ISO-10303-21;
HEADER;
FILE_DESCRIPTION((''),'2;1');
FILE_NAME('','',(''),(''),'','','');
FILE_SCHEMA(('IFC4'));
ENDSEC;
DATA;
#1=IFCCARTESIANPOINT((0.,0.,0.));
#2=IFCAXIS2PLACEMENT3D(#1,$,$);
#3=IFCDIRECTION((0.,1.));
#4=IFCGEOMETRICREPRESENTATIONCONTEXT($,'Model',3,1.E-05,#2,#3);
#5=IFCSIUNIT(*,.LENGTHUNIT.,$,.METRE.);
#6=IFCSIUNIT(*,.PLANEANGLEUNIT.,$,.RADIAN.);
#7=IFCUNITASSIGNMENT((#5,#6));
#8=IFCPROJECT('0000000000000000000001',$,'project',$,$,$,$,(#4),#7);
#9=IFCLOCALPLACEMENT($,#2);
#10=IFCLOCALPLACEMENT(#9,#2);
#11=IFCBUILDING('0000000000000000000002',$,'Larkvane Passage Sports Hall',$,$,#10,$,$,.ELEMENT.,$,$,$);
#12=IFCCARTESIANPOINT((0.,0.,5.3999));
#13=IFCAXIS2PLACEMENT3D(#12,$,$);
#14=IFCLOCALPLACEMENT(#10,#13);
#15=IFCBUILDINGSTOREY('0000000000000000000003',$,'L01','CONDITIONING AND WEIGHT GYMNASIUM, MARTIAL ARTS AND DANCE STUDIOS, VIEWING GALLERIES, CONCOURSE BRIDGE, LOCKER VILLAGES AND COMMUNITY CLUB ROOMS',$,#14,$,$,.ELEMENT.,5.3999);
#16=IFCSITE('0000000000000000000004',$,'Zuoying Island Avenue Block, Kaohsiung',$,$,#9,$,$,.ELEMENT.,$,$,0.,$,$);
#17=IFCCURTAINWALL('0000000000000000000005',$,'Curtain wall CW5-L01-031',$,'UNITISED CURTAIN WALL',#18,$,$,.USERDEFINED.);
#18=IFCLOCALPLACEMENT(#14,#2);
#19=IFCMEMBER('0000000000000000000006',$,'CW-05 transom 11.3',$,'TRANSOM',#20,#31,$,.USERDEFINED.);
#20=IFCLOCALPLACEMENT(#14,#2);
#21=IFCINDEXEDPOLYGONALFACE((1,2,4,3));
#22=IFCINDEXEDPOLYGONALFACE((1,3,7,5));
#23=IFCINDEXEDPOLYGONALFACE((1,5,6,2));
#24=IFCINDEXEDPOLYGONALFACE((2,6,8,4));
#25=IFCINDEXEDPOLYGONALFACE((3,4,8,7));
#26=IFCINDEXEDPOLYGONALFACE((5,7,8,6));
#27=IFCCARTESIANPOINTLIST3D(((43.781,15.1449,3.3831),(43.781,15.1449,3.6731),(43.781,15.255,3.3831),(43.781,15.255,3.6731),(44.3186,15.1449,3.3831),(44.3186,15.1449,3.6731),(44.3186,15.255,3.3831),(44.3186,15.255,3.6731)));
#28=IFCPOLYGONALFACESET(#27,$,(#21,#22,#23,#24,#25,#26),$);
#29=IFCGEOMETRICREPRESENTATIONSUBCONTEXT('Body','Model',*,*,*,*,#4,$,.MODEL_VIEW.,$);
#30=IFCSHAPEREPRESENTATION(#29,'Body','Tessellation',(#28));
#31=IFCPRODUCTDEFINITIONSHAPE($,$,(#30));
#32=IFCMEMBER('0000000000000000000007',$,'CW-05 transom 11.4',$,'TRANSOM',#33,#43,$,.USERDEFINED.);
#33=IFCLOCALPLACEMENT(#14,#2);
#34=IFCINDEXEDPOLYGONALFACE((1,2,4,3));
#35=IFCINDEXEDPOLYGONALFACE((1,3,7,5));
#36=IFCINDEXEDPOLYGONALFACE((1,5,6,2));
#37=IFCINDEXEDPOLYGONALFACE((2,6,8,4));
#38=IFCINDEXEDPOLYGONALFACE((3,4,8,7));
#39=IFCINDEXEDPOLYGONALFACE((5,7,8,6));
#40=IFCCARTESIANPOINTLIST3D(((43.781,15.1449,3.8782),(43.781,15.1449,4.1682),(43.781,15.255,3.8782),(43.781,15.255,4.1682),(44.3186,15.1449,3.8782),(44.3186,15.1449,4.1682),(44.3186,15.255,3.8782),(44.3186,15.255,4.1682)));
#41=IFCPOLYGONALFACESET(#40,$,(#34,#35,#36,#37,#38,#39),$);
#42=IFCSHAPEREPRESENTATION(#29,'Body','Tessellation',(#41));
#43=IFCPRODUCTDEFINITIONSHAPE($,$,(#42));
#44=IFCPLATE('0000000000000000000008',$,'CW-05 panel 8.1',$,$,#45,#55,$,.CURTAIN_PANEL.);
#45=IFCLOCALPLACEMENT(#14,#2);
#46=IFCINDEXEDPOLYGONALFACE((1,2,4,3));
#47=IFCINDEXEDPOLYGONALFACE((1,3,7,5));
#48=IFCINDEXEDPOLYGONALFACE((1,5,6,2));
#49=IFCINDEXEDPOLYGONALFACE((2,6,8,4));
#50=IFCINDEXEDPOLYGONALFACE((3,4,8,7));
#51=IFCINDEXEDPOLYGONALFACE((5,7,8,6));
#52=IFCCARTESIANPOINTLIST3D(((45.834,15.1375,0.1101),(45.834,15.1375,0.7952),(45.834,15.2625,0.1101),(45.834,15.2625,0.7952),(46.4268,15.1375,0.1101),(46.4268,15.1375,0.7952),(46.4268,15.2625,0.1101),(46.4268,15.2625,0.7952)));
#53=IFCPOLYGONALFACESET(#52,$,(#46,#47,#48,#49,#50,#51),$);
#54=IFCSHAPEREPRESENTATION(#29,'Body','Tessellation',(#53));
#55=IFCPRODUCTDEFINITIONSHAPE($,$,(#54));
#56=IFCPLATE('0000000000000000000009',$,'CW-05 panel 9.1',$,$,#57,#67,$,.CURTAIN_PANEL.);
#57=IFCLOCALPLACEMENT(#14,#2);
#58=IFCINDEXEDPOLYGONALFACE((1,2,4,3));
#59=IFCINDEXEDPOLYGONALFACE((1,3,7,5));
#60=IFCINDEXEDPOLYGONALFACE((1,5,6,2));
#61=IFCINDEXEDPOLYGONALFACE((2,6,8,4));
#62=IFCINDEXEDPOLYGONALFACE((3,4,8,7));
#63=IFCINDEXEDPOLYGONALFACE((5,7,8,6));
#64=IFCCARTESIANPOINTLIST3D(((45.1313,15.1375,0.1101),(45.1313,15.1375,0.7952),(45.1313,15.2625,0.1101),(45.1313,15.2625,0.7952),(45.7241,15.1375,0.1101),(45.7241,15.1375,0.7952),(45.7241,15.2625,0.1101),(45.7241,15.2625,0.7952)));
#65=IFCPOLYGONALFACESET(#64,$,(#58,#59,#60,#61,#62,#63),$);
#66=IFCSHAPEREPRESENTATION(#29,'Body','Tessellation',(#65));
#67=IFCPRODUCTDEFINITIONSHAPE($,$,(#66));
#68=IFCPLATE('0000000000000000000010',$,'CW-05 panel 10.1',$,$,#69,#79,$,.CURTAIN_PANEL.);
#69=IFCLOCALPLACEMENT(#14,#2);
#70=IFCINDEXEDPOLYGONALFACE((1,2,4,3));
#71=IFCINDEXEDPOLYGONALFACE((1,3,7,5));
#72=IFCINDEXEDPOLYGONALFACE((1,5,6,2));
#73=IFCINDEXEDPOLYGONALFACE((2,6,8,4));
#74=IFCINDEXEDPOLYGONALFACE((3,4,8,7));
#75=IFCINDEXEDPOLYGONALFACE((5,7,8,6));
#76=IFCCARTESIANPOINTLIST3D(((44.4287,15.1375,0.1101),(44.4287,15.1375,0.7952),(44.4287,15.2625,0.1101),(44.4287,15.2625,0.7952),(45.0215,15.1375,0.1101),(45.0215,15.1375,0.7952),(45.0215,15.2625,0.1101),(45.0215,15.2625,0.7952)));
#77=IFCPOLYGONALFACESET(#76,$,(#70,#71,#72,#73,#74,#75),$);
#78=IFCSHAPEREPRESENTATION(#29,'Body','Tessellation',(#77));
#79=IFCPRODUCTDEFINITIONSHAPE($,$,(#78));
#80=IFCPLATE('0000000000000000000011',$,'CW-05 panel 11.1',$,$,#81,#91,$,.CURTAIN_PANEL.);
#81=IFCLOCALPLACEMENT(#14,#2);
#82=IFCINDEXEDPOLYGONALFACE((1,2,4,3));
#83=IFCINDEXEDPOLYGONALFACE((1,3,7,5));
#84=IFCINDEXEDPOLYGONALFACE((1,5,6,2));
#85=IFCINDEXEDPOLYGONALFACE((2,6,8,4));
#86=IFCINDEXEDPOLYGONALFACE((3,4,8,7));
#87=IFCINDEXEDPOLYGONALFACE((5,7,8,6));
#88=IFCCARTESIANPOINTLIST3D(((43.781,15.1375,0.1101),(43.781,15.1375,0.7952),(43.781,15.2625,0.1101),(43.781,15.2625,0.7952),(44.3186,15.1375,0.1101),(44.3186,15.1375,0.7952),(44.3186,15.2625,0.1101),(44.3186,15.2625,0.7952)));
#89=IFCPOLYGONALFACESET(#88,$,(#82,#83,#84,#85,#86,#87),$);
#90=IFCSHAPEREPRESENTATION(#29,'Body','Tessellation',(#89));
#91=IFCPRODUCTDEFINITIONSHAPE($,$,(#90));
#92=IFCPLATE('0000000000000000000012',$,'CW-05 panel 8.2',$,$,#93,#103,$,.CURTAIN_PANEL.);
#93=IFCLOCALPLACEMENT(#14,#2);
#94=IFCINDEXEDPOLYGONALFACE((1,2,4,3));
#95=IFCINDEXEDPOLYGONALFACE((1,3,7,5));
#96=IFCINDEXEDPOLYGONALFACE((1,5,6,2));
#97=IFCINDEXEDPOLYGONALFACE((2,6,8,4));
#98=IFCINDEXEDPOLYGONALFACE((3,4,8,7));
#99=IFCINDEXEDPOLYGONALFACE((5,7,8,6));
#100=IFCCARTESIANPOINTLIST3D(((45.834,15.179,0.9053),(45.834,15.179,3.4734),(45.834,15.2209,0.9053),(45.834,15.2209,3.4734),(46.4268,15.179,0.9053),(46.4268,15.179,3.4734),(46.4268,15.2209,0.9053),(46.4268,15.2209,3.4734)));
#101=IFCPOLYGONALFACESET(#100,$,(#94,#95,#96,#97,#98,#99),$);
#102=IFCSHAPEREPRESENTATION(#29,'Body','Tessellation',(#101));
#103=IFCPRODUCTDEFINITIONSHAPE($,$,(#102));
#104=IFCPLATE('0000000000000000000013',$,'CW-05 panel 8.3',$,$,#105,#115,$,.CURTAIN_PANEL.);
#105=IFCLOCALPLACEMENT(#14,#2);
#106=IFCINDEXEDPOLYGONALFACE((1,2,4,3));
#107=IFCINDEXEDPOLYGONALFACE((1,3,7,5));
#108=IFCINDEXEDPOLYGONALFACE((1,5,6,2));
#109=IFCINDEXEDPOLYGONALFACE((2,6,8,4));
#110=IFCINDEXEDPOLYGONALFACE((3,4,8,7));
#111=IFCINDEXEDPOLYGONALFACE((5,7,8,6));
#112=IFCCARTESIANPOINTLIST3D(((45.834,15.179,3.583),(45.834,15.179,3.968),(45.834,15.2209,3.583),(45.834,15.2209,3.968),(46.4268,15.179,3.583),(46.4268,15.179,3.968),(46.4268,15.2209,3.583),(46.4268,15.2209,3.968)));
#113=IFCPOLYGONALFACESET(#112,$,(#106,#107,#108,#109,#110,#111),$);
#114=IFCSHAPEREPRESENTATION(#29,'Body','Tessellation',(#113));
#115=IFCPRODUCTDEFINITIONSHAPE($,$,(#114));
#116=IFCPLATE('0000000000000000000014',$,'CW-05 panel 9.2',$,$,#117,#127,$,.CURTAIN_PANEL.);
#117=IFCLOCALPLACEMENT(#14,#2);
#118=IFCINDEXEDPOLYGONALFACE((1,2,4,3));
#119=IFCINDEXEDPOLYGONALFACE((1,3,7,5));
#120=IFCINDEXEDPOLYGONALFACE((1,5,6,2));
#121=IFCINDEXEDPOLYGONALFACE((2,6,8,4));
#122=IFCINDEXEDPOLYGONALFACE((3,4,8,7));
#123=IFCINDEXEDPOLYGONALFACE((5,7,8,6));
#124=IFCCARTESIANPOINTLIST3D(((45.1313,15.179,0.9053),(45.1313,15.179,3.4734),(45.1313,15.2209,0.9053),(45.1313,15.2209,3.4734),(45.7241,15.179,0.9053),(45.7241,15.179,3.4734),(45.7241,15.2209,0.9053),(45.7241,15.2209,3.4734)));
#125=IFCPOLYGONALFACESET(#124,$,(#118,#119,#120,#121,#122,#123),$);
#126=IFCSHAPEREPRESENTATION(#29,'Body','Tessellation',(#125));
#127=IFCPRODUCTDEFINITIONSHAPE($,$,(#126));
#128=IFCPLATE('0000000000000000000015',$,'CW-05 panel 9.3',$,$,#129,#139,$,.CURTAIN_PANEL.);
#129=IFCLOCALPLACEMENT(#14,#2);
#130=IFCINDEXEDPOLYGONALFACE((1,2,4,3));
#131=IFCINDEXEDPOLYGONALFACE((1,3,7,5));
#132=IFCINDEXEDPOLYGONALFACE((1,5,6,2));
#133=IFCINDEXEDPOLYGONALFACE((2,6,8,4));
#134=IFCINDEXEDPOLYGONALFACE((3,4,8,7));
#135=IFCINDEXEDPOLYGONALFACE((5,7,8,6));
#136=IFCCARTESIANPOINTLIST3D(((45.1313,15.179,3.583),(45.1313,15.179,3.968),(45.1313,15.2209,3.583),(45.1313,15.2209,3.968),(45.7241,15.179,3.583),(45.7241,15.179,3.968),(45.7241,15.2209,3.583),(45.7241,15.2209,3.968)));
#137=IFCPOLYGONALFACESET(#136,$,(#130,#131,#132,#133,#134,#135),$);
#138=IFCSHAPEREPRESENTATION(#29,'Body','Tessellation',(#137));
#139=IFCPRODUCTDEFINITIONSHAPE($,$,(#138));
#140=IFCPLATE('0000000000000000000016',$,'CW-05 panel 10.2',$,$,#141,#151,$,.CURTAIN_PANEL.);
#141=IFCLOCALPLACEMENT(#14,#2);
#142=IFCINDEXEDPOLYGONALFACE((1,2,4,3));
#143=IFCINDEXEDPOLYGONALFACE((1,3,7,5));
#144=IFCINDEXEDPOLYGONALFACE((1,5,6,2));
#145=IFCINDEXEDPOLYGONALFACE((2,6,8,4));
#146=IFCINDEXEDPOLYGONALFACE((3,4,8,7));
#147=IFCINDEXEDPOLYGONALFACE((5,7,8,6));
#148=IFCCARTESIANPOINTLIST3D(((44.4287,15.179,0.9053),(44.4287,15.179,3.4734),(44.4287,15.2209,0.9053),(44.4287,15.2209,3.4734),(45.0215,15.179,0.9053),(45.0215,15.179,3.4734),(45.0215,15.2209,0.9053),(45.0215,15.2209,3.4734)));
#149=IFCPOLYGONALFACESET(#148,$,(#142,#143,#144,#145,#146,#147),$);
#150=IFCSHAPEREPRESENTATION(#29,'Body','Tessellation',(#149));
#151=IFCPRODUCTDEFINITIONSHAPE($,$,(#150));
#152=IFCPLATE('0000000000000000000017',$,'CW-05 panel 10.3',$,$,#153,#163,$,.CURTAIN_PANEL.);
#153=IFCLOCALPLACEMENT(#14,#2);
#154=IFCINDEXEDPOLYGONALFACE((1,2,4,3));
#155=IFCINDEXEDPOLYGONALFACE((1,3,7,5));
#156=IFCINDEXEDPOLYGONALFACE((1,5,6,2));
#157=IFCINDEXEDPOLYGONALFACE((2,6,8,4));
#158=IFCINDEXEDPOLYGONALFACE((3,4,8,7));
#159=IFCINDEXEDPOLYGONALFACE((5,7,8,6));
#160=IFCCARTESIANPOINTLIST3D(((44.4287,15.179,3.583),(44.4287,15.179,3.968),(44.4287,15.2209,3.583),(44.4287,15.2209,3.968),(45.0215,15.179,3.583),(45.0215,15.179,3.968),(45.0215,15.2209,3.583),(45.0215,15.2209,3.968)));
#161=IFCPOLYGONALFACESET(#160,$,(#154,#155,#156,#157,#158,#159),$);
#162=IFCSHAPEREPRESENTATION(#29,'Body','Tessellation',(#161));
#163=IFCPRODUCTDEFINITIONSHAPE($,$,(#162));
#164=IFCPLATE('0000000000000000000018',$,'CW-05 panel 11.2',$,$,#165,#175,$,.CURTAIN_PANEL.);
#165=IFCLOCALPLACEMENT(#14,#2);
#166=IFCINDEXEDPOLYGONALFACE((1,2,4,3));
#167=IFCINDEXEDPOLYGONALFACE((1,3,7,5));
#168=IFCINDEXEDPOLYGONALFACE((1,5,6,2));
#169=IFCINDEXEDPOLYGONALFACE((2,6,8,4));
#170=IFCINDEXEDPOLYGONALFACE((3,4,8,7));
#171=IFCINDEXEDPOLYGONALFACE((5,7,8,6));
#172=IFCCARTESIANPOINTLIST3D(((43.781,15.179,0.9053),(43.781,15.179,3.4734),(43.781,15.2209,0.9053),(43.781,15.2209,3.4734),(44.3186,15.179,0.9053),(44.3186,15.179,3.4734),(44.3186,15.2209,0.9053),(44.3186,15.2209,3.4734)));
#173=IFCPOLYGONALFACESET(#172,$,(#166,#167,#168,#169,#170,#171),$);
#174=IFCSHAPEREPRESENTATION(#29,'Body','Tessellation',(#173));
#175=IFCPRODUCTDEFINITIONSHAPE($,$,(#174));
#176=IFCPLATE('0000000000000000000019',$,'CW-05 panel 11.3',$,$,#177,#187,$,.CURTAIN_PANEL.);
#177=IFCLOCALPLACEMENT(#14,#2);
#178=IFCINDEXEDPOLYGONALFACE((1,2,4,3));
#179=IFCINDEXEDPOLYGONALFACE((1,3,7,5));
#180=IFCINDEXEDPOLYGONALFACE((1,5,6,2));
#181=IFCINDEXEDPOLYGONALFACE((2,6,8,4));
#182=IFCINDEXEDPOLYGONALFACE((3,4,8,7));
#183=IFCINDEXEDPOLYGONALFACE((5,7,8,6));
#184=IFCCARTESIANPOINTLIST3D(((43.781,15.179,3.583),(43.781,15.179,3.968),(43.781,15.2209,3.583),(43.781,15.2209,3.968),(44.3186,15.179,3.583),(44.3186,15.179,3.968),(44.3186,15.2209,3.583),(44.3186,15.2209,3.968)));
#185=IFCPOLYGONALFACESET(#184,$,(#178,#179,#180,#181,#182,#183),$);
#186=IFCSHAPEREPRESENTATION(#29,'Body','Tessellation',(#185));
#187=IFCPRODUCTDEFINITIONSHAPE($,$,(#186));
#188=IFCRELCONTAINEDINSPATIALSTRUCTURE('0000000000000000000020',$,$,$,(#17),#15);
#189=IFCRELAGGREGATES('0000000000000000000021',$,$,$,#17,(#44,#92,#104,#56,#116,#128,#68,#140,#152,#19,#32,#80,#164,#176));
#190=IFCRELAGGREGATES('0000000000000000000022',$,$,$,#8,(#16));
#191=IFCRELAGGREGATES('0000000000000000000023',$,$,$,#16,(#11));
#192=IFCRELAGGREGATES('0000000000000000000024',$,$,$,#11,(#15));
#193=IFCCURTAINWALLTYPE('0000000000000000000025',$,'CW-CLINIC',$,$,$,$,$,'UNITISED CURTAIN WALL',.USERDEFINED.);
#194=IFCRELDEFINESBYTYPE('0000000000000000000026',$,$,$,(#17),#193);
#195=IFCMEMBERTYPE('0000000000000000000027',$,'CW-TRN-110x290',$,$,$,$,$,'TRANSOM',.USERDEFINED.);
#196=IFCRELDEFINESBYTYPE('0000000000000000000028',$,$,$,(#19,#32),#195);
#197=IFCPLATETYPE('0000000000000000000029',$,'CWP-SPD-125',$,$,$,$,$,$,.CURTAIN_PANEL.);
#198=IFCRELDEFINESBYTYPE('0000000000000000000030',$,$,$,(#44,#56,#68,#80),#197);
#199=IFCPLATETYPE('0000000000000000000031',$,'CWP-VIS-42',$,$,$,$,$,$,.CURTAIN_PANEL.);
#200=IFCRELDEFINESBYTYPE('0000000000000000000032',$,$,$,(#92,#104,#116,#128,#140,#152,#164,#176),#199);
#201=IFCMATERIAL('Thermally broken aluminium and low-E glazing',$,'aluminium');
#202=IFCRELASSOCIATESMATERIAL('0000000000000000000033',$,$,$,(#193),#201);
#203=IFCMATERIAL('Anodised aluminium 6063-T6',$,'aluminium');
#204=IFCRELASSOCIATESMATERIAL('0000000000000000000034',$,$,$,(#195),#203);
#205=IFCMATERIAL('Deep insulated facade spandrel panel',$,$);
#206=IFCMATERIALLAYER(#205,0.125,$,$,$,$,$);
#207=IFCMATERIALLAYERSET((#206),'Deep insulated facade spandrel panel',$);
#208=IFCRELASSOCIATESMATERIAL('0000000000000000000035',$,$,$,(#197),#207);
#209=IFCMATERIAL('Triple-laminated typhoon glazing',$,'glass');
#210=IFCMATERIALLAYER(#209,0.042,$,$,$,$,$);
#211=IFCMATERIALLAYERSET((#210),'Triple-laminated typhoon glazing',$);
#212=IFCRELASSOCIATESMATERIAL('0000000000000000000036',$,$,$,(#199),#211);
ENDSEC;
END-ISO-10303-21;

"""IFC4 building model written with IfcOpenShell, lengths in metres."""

from ifc_helpers import new_model, si_unit, direction, frame, origin, origin_2d, place, context, subcontext, project, spatial, rectangle, extrude, material, layer, layer_set, material_profile, profile_set, type_object, element, aggregate, save


model = new_model("IFC4")

# Units and contexts
model_context = context("Model", 3, precision=1e-05, world=origin(), true_north=direction((0.0, 1.0)))
body_context = subcontext(model_context, "Body", "Model", "MODEL_VIEW")
ifc_project = project(units=[si_unit("LENGTHUNIT", "METRE"), si_unit("PLANEANGLEUNIT", "RADIAN")], contexts=[model_context])

# Site, building, storey
site_placement = place(None, origin())
site = spatial("IfcSite", under=ifc_project, at=site_placement, Name="Zuoying Island Avenue Block, Kaohsiung", CompositionType="ELEMENT", RefElevation=0.0)
building_placement = place(site_placement, origin())
building = spatial("IfcBuilding", under=site, at=building_placement, Name="Larkvane Passage Sports Hall", CompositionType="ELEMENT")
storey_placement = place(building_placement, frame((0.0, 0.0, 5.3999)))
storey = spatial("IfcBuildingStorey", under=building, at=storey_placement, Name="L01", Description="CONDITIONING AND WEIGHT GYMNASIUM, MARTIAL ARTS AND DANCE STUDIOS, VIEWING GALLERIES, CONCOURSE BRIDGE, LOCKER VILLAGES AND COMMUNITY CLUB ROOMS", CompositionType="ELEMENT", Elevation=5.3999)

# Curtain wall, members, plates
ifc_material_1 = material(Name="Thermally broken aluminium and low-E glazing", Category="aluminium")
curtain_wall_type = type_object("IfcCurtainWallType", Name="CW-CLINIC", ElementType="UNITISED CURTAIN WALL", PredefinedType="USERDEFINED", material=ifc_material_1)
curtain_wall_placement = place(storey_placement, origin())
curtain_wall = element("IfcCurtainWall", 1, at=curtain_wall_placement, inside=storey, type_object=curtain_wall_type, Name="Curtain wall CW5-L01-031", ObjectType="UNITISED CURTAIN WALL", PredefinedType="USERDEFINED")
ifc_material_2 = material(Name="Anodised aluminium 6063-T6", Category="aluminium")
ifc_material_profile_1 = material_profile(ifc_material_2, rectangle(XDim=0.1101, YDim=0.29, at=origin_2d()), Name="ALU-TRN-110x290")
ifc_profile_set_1 = profile_set([ifc_material_profile_1], Name="Anodised aluminium 6063-T6")
member_type_1 = type_object("IfcMemberType", Name="CW-TRN-110x290", ElementType="TRANSOM", PredefinedType="USERDEFINED", material=ifc_profile_set_1)
member_1_placement = place(storey_placement, frame((44.3186, 15.2, 3.5281), z_axis=(-1.0, 0.0, 0.0), x_axis=(0.0, -1.0, 0.0)))
member_1 = element("IfcMember", 2, at=member_1_placement, type_object=member_type_1, Name="CW-05 transom 11.3", ObjectType="TRANSOM", PredefinedType="USERDEFINED", context=body_context, shape_type="SweptSolid", body=[
    extrude(rectangle(XDim=0.1101, YDim=0.29, at=origin_2d()), origin(), (0.0, 0.0, 1.0), 0.5376),
])
member_2_placement = place(storey_placement, frame((44.3186, 15.2, 4.0232), z_axis=(-1.0, 0.0, 0.0), x_axis=(0.0, -1.0, 0.0)))
member_2 = element("IfcMember", 3, at=member_2_placement, type_object=member_type_1, Name="CW-05 transom 11.4", ObjectType="TRANSOM", PredefinedType="USERDEFINED", context=body_context, shape_type="SweptSolid", body=[
    extrude(rectangle(XDim=0.1101, YDim=0.29, at=origin_2d()), origin(), (0.0, 0.0, 1.0), 0.5376),
])
ifc_material_3 = material(Name="Deep insulated facade spandrel panel")
ifc_layer_1 = layer(ifc_material_3, 0.125)
ifc_layer_set_1 = layer_set([ifc_layer_1], Name="Deep insulated facade spandrel panel")
plate_type_1 = type_object("IfcPlateType", Name="CWP-SPD-125", PredefinedType="CURTAIN_PANEL", material=ifc_layer_set_1)
plate_1_placement = place(storey_placement, frame((46.1304, 15.2, 0.1101), z_axis=(0.0, 0.0, 1.0), x_axis=(-1.0, 0.0, 0.0)))
plate_1 = element("IfcPlate", 4, at=plate_1_placement, type_object=plate_type_1, Name="CW-05 panel 8.1", PredefinedType="CURTAIN_PANEL", context=body_context, shape_type="SweptSolid", body=[
    extrude(rectangle(XDim=0.5928, YDim=0.125, at=origin_2d()), origin(), (0.0, 0.0, 1.0), 0.6851),
])
plate_2_placement = place(storey_placement, frame((45.4277, 15.2, 0.1101), z_axis=(0.0, 0.0, 1.0), x_axis=(-1.0, 0.0, 0.0)))
plate_2 = element("IfcPlate", 5, at=plate_2_placement, type_object=plate_type_1, Name="CW-05 panel 9.1", PredefinedType="CURTAIN_PANEL", context=body_context, shape_type="SweptSolid", body=[
    extrude(rectangle(XDim=0.5928, YDim=0.125, at=origin_2d()), origin(), (0.0, 0.0, 1.0), 0.6851),
])
plate_3_placement = place(storey_placement, frame((44.7251, 15.2, 0.1101), z_axis=(0.0, 0.0, 1.0), x_axis=(-1.0, 0.0, 0.0)))
plate_3 = element("IfcPlate", 6, at=plate_3_placement, type_object=plate_type_1, Name="CW-05 panel 10.1", PredefinedType="CURTAIN_PANEL", context=body_context, shape_type="SweptSolid", body=[
    extrude(rectangle(XDim=0.5928, YDim=0.125, at=origin_2d()), origin(), (0.0, 0.0, 1.0), 0.6851),
])
plate_4_placement = place(storey_placement, frame((44.0498, 15.2, 0.1101), z_axis=(0.0, 0.0, 1.0), x_axis=(-1.0, 0.0, 0.0)))
plate_4 = element("IfcPlate", 7, at=plate_4_placement, type_object=plate_type_1, Name="CW-05 panel 11.1", PredefinedType="CURTAIN_PANEL", context=body_context, shape_type="SweptSolid", body=[
    extrude(rectangle(XDim=0.5376, YDim=0.125, at=origin_2d()), origin(), (0.0, 0.0, 1.0), 0.6851),
])
ifc_material_4 = material(Name="Triple-laminated typhoon glazing", Category="glass")
ifc_layer_2 = layer(ifc_material_4, 0.042)
ifc_layer_set_2 = layer_set([ifc_layer_2], Name="Triple-laminated typhoon glazing")
plate_type_2 = type_object("IfcPlateType", Name="CWP-VIS-42", PredefinedType="CURTAIN_PANEL", material=ifc_layer_set_2)
plate_5_placement = place(storey_placement, frame((46.1304, 15.2, 0.9053), z_axis=(0.0, 0.0, 1.0), x_axis=(-1.0, 0.0, 0.0)))
plate_5 = element("IfcPlate", 8, at=plate_5_placement, type_object=plate_type_2, Name="CW-05 panel 8.2", PredefinedType="CURTAIN_PANEL", context=body_context, shape_type="SweptSolid", body=[
    extrude(rectangle(XDim=0.5928, YDim=0.042, at=origin_2d()), origin(), (0.0, 0.0, 1.0), 2.5681),
])
plate_6_placement = place(storey_placement, frame((46.1304, 15.2, 3.583), z_axis=(0.0, 0.0, 1.0), x_axis=(-1.0, 0.0, 0.0)))
plate_6 = element("IfcPlate", 9, at=plate_6_placement, type_object=plate_type_2, Name="CW-05 panel 8.3", PredefinedType="CURTAIN_PANEL", context=body_context, shape_type="SweptSolid", body=[
    extrude(rectangle(XDim=0.5928, YDim=0.042, at=origin_2d()), origin(), (0.0, 0.0, 1.0), 0.385),
])
plate_7_placement = place(storey_placement, frame((45.4277, 15.2, 0.9053), z_axis=(0.0, 0.0, 1.0), x_axis=(-1.0, 0.0, 0.0)))
plate_7 = element("IfcPlate", 10, at=plate_7_placement, type_object=plate_type_2, Name="CW-05 panel 9.2", PredefinedType="CURTAIN_PANEL", context=body_context, shape_type="SweptSolid", body=[
    extrude(rectangle(XDim=0.5928, YDim=0.042, at=origin_2d()), origin(), (0.0, 0.0, 1.0), 2.5681),
])
plate_8_placement = place(storey_placement, frame((45.4277, 15.2, 3.583), z_axis=(0.0, 0.0, 1.0), x_axis=(-1.0, 0.0, 0.0)))
plate_8 = element("IfcPlate", 11, at=plate_8_placement, type_object=plate_type_2, Name="CW-05 panel 9.3", PredefinedType="CURTAIN_PANEL", context=body_context, shape_type="SweptSolid", body=[
    extrude(rectangle(XDim=0.5928, YDim=0.042, at=origin_2d()), origin(), (0.0, 0.0, 1.0), 0.385),
])
plate_9_placement = place(storey_placement, frame((44.7251, 15.2, 0.9053), z_axis=(0.0, 0.0, 1.0), x_axis=(-1.0, 0.0, 0.0)))
plate_9 = element("IfcPlate", 12, at=plate_9_placement, type_object=plate_type_2, Name="CW-05 panel 10.2", PredefinedType="CURTAIN_PANEL", context=body_context, shape_type="SweptSolid", body=[
    extrude(rectangle(XDim=0.5928, YDim=0.042, at=origin_2d()), origin(), (0.0, 0.0, 1.0), 2.5681),
])
plate_10_placement = place(storey_placement, frame((44.7251, 15.2, 3.583), z_axis=(0.0, 0.0, 1.0), x_axis=(-1.0, 0.0, 0.0)))
plate_10 = element("IfcPlate", 13, at=plate_10_placement, type_object=plate_type_2, Name="CW-05 panel 10.3", PredefinedType="CURTAIN_PANEL", context=body_context, shape_type="SweptSolid", body=[
    extrude(rectangle(XDim=0.5928, YDim=0.042, at=origin_2d()), origin(), (0.0, 0.0, 1.0), 0.385),
])
plate_11_placement = place(storey_placement, frame((44.0498, 15.2, 0.9053), z_axis=(0.0, 0.0, 1.0), x_axis=(-1.0, 0.0, 0.0)))
plate_11 = element("IfcPlate", 14, at=plate_11_placement, type_object=plate_type_2, Name="CW-05 panel 11.2", PredefinedType="CURTAIN_PANEL", context=body_context, shape_type="SweptSolid", body=[
    extrude(rectangle(XDim=0.5376, YDim=0.042, at=origin_2d()), origin(), (0.0, 0.0, 1.0), 2.5681),
])
plate_12_placement = place(storey_placement, frame((44.0498, 15.2, 3.583), z_axis=(0.0, 0.0, 1.0), x_axis=(-1.0, 0.0, 0.0)))
plate_12 = element("IfcPlate", 15, at=plate_12_placement, type_object=plate_type_2, Name="CW-05 panel 11.3", PredefinedType="CURTAIN_PANEL", context=body_context, shape_type="SweptSolid", body=[
    extrude(rectangle(XDim=0.5376, YDim=0.042, at=origin_2d()), origin(), (0.0, 0.0, 1.0), 0.385),
])
aggregate(curtain_wall, [plate_1, plate_5, plate_6, plate_2, plate_7, plate_8, plate_3, plate_9, plate_10, member_1, member_2, plate_4, plate_11, plate_12])

save(model, "model.ifc")
